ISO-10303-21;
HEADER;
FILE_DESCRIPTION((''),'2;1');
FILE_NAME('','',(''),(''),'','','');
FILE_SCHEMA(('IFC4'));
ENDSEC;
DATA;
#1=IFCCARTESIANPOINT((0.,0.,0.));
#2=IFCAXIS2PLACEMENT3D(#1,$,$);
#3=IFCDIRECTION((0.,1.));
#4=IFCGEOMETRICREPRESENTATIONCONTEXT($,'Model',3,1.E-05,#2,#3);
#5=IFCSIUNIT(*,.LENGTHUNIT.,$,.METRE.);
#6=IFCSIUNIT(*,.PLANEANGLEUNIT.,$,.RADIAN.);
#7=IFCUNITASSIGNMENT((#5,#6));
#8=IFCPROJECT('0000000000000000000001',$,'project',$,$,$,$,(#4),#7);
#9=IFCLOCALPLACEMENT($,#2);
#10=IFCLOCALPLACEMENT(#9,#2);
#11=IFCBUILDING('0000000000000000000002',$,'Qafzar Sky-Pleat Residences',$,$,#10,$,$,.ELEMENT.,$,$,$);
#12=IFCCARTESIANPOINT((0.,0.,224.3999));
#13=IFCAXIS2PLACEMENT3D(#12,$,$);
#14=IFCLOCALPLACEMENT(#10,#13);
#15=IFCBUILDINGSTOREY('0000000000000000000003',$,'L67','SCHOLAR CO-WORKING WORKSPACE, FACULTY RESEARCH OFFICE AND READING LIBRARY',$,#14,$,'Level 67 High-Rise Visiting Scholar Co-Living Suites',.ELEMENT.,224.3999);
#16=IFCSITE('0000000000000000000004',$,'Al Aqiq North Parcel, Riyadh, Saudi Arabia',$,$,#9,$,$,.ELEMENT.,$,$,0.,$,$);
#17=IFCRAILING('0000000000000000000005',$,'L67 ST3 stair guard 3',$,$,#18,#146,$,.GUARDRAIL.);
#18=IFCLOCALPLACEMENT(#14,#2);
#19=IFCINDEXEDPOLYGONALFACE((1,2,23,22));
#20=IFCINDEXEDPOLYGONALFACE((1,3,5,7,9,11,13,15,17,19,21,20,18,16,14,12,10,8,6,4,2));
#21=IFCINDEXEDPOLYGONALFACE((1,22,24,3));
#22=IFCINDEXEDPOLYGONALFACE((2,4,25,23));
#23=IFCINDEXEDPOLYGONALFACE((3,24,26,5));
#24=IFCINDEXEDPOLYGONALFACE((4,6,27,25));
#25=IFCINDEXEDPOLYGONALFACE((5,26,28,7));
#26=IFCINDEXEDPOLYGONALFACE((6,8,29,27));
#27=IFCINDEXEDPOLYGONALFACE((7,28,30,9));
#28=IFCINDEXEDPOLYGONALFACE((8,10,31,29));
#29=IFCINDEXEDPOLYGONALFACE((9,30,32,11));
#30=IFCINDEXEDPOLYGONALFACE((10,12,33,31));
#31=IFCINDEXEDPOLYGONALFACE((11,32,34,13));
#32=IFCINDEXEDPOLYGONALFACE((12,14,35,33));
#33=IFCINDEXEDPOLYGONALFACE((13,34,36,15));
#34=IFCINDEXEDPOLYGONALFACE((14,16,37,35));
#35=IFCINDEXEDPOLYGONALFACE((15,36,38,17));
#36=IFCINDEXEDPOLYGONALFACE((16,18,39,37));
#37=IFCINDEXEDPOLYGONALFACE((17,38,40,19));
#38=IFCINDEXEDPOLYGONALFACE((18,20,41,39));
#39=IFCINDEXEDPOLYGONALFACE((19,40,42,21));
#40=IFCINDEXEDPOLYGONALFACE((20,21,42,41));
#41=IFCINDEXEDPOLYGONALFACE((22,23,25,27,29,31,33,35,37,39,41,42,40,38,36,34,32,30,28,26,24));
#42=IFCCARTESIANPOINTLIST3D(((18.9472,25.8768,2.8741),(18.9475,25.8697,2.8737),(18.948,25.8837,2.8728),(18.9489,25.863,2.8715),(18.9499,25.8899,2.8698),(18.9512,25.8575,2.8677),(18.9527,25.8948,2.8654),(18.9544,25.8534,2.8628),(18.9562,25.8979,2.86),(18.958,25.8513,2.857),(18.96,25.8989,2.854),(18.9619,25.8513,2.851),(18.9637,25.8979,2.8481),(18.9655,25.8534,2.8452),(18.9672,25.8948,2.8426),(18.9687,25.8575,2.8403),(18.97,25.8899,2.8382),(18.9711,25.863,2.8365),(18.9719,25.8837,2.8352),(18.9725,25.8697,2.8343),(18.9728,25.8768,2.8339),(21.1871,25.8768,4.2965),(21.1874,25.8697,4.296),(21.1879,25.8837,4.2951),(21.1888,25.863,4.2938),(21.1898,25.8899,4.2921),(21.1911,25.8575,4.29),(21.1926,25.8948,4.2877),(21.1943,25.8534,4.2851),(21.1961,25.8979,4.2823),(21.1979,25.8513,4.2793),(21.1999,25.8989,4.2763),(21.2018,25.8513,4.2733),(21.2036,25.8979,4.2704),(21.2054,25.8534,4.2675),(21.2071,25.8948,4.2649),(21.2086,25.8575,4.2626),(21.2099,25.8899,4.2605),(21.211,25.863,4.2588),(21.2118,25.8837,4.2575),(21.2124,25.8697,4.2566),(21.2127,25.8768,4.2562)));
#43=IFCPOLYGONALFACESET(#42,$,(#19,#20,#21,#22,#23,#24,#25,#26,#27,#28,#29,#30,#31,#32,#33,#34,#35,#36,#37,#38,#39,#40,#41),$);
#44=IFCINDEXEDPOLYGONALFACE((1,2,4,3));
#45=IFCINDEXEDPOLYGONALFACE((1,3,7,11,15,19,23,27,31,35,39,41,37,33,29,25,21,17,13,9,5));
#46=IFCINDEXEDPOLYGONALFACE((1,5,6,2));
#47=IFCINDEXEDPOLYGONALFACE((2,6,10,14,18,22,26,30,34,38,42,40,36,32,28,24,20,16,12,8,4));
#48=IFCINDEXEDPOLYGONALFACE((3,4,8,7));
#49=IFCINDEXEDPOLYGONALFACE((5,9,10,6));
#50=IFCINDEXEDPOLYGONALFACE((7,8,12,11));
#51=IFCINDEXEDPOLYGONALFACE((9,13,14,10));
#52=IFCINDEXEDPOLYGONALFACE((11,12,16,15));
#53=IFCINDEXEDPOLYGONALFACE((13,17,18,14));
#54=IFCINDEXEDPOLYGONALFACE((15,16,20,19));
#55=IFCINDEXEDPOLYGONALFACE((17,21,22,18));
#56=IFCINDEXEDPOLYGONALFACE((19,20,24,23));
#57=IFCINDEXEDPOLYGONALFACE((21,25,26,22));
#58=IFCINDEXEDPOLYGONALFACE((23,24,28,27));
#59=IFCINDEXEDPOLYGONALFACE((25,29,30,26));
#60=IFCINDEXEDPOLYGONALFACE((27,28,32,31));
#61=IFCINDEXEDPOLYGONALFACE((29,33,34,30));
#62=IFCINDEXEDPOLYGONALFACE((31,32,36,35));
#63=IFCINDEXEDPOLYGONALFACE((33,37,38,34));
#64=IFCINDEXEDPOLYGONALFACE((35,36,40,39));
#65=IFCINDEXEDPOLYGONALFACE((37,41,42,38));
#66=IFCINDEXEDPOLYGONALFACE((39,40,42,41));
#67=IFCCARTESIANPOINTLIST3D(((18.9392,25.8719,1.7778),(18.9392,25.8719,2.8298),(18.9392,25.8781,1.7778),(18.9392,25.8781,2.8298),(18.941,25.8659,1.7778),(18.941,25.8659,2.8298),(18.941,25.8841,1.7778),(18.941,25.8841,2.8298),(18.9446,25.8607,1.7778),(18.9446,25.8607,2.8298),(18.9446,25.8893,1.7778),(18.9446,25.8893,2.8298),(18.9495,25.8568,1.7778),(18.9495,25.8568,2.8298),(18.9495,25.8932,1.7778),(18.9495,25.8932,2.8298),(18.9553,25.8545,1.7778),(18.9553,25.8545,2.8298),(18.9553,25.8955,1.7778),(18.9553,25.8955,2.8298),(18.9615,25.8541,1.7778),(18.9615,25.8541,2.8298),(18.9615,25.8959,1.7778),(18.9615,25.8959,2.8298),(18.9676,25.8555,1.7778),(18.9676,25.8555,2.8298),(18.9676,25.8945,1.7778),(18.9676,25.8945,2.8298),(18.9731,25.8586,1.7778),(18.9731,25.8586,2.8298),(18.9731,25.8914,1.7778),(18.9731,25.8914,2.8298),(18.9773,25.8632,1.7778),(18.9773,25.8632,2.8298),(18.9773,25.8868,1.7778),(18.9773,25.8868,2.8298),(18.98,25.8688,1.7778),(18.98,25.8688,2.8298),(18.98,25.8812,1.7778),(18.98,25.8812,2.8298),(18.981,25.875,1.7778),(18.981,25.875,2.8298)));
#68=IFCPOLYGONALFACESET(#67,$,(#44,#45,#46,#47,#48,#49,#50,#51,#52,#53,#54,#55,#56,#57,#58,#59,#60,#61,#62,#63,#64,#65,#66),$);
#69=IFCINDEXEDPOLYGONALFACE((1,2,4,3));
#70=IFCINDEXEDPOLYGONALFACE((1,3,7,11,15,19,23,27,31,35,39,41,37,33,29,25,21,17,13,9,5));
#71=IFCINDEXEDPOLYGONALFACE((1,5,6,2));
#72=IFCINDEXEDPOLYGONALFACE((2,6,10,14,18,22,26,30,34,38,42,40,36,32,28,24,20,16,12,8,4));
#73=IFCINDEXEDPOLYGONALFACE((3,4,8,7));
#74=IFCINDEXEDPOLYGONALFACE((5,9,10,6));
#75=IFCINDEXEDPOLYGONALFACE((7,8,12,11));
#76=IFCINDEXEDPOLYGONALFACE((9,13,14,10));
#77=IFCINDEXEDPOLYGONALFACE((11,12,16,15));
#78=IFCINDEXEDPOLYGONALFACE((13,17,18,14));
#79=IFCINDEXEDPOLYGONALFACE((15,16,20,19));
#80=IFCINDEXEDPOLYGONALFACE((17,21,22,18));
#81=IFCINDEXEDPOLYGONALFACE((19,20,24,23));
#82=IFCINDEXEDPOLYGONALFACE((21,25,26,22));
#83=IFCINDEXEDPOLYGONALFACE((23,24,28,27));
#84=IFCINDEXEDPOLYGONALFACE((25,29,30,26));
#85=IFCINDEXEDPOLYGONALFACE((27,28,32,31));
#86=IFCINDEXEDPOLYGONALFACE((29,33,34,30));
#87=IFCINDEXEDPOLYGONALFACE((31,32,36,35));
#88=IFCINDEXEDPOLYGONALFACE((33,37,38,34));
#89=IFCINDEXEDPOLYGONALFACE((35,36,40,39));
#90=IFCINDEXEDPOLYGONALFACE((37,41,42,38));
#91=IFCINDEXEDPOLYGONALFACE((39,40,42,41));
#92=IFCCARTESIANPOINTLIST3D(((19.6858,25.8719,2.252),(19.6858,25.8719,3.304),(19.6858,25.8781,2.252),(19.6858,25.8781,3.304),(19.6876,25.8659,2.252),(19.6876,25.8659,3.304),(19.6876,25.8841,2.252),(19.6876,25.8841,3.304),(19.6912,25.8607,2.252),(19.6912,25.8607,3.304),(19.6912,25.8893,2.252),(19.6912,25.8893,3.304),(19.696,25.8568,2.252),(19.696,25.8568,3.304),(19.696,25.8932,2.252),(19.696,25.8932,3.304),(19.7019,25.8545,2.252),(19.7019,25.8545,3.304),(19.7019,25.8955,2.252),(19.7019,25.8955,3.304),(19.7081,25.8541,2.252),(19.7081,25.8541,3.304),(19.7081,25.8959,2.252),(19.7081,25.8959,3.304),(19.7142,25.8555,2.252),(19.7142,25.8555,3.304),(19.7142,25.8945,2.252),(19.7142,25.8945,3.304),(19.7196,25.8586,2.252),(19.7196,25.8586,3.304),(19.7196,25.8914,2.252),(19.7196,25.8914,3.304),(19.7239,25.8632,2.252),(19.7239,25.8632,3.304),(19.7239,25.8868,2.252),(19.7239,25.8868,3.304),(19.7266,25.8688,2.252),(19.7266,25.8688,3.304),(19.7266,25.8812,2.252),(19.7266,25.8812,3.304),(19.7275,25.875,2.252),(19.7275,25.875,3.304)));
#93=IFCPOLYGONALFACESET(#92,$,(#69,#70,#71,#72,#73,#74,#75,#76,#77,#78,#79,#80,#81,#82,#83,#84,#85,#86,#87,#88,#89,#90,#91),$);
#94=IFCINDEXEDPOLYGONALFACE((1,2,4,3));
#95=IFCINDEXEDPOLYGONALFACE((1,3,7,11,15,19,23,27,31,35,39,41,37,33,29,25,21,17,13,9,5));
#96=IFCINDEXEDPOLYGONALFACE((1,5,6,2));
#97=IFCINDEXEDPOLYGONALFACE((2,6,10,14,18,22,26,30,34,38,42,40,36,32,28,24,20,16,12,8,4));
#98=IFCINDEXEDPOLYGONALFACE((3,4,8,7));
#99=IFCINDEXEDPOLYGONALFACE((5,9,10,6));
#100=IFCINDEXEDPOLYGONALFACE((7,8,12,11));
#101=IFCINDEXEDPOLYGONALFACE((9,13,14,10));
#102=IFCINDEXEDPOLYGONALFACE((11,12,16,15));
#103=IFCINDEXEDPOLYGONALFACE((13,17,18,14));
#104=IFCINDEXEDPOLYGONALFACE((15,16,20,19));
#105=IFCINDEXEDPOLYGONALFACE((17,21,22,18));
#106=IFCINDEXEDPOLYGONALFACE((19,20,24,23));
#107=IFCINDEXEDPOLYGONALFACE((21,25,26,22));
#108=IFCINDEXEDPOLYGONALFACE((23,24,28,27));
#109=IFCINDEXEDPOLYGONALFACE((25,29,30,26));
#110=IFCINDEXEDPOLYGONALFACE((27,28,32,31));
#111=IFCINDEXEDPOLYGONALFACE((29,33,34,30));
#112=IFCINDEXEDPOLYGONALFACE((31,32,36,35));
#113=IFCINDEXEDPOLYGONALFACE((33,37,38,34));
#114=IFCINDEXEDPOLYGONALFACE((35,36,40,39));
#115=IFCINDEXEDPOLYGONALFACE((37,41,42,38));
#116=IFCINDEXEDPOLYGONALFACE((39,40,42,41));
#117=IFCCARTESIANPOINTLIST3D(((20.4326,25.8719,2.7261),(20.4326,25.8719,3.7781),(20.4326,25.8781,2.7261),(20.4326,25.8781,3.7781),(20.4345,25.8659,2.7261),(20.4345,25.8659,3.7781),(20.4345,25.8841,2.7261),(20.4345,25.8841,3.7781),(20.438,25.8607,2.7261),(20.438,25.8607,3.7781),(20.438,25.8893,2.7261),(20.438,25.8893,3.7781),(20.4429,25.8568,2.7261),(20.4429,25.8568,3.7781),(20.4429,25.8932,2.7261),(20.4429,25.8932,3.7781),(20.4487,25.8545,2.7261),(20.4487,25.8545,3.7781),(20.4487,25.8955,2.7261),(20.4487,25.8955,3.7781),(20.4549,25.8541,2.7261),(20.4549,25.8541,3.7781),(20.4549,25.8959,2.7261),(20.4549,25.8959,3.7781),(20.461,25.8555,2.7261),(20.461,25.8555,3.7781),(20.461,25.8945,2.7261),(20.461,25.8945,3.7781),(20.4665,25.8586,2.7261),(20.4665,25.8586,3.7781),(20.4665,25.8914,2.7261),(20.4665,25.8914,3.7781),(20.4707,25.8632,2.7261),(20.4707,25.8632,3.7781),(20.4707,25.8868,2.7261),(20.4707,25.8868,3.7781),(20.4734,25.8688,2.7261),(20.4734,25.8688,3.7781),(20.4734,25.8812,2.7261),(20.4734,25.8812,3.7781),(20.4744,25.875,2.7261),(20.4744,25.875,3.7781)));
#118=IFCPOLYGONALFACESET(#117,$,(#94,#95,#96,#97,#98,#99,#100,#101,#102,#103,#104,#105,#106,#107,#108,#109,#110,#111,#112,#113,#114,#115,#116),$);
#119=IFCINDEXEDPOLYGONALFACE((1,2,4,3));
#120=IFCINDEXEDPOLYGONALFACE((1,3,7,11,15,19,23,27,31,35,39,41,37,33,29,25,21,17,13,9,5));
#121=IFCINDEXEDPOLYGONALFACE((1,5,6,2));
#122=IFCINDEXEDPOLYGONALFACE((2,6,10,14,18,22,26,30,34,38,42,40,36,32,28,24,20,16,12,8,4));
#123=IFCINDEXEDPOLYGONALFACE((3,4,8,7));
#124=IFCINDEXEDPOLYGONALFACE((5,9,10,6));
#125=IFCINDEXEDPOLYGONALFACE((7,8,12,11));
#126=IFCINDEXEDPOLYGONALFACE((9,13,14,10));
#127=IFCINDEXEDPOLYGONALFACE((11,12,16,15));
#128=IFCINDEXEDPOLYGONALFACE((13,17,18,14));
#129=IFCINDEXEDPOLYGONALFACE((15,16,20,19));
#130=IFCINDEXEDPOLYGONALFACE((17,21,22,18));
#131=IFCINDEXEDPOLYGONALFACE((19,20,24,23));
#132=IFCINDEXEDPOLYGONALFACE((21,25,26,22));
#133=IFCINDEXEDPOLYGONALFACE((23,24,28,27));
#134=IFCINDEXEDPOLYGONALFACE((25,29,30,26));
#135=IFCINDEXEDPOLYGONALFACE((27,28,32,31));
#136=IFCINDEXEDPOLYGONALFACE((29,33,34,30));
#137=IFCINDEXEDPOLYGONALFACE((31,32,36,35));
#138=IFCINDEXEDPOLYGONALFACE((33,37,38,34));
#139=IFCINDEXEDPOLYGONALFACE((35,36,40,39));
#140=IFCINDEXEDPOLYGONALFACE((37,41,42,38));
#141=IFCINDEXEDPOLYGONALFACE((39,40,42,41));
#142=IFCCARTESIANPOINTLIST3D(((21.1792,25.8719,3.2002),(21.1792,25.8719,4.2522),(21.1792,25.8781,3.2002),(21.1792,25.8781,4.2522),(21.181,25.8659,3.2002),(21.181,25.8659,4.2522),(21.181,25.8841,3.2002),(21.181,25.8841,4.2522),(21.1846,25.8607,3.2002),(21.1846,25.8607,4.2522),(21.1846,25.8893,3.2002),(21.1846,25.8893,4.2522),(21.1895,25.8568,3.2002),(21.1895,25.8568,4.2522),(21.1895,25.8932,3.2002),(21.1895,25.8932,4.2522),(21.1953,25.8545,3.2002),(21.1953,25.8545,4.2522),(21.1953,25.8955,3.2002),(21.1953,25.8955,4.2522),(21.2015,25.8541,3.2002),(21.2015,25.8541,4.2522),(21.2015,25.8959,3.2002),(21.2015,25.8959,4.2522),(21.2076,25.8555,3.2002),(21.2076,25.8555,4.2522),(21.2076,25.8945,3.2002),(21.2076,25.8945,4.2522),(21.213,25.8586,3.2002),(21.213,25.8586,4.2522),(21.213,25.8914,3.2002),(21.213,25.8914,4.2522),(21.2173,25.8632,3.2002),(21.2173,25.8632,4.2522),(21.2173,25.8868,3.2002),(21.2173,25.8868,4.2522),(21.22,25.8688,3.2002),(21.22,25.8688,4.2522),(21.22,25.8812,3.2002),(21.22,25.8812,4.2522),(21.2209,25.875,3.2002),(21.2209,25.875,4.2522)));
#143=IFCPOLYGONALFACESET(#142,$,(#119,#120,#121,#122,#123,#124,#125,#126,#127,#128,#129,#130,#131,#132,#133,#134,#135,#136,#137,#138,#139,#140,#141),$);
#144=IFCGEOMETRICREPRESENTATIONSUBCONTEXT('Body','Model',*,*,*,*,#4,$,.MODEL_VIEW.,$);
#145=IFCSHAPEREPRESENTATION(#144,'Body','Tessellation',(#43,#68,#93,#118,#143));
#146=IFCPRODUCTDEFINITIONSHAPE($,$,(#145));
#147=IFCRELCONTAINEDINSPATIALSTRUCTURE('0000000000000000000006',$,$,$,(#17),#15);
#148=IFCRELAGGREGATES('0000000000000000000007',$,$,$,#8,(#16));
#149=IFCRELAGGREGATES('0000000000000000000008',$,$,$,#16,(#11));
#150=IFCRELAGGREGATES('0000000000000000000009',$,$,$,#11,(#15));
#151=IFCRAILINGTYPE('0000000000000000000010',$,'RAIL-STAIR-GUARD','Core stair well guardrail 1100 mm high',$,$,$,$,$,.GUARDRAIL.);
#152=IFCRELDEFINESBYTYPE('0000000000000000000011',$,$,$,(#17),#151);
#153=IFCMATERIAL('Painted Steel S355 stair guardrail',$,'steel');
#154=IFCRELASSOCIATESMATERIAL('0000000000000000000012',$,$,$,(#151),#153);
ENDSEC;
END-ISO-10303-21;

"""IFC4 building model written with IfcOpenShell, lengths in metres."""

from ifc_helpers import new_model, si_unit, direction, frame, origin, origin_2d, place, context, subcontext, project, spatial, circle, extrude, source, transform, mapped, material, type_object, element, save


model = new_model("IFC4")

# Units and contexts
model_context = context("Model", 3, precision=1e-05, world=origin(), true_north=direction((0.0, 1.0)))
body_context = subcontext(model_context, "Body", "Model", "MODEL_VIEW")
ifc_project = project(units=[si_unit("LENGTHUNIT", "METRE"), si_unit("PLANEANGLEUNIT", "RADIAN")], contexts=[model_context])

# Site, building, storey
site_placement = place(None, origin())
site = spatial("IfcSite", under=ifc_project, at=site_placement, Name="Al Aqiq North Parcel, Riyadh, Saudi Arabia", CompositionType="ELEMENT", RefElevation=0.0)
building_placement = place(site_placement, origin())
building = spatial("IfcBuilding", under=site, at=building_placement, Name="Qafzar Sky-Pleat Residences", CompositionType="ELEMENT")
storey_placement = place(building_placement, frame((0.0, 0.0, 224.3999)))
storey = spatial("IfcBuildingStorey", under=building, at=storey_placement, Name="L67", Description="SCHOLAR CO-WORKING WORKSPACE, FACULTY RESEARCH OFFICE AND READING LIBRARY", LongName="Level 67 High-Rise Visiting Scholar Co-Living Suites", CompositionType="ELEMENT", Elevation=224.3999)

# Railing
ifc_material_1 = material(Name="Painted Steel S355 stair guardrail", Category="steel")
railing_type_1 = type_object("IfcRailingType", Name="RAIL-STAIR-GUARD", Description="Core stair well guardrail 1100 mm high", PredefinedType="GUARDRAIL", material=ifc_material_1)
shared_shape_1 = source(origin(), body_context, "Body", "SweptSolid", [
    extrude(circle(Radius=0.0239, at=origin_2d()), frame((0.0, 0.0, 1.0762), z_axis=(0.844188, 0.0, 0.536048), x_axis=(0.0, 1.0, 0.0)), (0.0, 0.0, 1.0), 2.6533),
    extrude(circle(Radius=0.021, at=origin_2d()), origin(), (0.0, 0.0, 1.0), 1.052),
    extrude(circle(Radius=0.021, at=origin_2d()), frame((0.7466, 0.0, 0.4741)), (0.0, 0.0, 1.0), 1.052),
    extrude(circle(Radius=0.021, at=origin_2d()), frame((1.4934, 0.0, 0.9482)), (0.0, 0.0, 1.0), 1.052),
    extrude(circle(Radius=0.021, at=origin_2d()), frame((2.24, 0.0, 1.4224)), (0.0, 0.0, 1.0), 1.052),
])
railing_1_placement = place(storey_placement, frame((18.96, 25.875, 1.7778)))
element("IfcRailing", 1, at=railing_1_placement, inside=storey, type_object=railing_type_1, Name="L67 ST3 stair guard 3", PredefinedType="GUARDRAIL", context=body_context, shape_type="MappedRepresentation", body=[
    mapped(shared_shape_1, transform((0.0, 0.0, 0.0), x_axis=(1.0, 0.0, 0.0), y_axis=(0.0, 1.0, 0.0), z_axis=(0.0, 0.0, 1.0), scale=1.0)),
])

save(model, "model.ifc")
